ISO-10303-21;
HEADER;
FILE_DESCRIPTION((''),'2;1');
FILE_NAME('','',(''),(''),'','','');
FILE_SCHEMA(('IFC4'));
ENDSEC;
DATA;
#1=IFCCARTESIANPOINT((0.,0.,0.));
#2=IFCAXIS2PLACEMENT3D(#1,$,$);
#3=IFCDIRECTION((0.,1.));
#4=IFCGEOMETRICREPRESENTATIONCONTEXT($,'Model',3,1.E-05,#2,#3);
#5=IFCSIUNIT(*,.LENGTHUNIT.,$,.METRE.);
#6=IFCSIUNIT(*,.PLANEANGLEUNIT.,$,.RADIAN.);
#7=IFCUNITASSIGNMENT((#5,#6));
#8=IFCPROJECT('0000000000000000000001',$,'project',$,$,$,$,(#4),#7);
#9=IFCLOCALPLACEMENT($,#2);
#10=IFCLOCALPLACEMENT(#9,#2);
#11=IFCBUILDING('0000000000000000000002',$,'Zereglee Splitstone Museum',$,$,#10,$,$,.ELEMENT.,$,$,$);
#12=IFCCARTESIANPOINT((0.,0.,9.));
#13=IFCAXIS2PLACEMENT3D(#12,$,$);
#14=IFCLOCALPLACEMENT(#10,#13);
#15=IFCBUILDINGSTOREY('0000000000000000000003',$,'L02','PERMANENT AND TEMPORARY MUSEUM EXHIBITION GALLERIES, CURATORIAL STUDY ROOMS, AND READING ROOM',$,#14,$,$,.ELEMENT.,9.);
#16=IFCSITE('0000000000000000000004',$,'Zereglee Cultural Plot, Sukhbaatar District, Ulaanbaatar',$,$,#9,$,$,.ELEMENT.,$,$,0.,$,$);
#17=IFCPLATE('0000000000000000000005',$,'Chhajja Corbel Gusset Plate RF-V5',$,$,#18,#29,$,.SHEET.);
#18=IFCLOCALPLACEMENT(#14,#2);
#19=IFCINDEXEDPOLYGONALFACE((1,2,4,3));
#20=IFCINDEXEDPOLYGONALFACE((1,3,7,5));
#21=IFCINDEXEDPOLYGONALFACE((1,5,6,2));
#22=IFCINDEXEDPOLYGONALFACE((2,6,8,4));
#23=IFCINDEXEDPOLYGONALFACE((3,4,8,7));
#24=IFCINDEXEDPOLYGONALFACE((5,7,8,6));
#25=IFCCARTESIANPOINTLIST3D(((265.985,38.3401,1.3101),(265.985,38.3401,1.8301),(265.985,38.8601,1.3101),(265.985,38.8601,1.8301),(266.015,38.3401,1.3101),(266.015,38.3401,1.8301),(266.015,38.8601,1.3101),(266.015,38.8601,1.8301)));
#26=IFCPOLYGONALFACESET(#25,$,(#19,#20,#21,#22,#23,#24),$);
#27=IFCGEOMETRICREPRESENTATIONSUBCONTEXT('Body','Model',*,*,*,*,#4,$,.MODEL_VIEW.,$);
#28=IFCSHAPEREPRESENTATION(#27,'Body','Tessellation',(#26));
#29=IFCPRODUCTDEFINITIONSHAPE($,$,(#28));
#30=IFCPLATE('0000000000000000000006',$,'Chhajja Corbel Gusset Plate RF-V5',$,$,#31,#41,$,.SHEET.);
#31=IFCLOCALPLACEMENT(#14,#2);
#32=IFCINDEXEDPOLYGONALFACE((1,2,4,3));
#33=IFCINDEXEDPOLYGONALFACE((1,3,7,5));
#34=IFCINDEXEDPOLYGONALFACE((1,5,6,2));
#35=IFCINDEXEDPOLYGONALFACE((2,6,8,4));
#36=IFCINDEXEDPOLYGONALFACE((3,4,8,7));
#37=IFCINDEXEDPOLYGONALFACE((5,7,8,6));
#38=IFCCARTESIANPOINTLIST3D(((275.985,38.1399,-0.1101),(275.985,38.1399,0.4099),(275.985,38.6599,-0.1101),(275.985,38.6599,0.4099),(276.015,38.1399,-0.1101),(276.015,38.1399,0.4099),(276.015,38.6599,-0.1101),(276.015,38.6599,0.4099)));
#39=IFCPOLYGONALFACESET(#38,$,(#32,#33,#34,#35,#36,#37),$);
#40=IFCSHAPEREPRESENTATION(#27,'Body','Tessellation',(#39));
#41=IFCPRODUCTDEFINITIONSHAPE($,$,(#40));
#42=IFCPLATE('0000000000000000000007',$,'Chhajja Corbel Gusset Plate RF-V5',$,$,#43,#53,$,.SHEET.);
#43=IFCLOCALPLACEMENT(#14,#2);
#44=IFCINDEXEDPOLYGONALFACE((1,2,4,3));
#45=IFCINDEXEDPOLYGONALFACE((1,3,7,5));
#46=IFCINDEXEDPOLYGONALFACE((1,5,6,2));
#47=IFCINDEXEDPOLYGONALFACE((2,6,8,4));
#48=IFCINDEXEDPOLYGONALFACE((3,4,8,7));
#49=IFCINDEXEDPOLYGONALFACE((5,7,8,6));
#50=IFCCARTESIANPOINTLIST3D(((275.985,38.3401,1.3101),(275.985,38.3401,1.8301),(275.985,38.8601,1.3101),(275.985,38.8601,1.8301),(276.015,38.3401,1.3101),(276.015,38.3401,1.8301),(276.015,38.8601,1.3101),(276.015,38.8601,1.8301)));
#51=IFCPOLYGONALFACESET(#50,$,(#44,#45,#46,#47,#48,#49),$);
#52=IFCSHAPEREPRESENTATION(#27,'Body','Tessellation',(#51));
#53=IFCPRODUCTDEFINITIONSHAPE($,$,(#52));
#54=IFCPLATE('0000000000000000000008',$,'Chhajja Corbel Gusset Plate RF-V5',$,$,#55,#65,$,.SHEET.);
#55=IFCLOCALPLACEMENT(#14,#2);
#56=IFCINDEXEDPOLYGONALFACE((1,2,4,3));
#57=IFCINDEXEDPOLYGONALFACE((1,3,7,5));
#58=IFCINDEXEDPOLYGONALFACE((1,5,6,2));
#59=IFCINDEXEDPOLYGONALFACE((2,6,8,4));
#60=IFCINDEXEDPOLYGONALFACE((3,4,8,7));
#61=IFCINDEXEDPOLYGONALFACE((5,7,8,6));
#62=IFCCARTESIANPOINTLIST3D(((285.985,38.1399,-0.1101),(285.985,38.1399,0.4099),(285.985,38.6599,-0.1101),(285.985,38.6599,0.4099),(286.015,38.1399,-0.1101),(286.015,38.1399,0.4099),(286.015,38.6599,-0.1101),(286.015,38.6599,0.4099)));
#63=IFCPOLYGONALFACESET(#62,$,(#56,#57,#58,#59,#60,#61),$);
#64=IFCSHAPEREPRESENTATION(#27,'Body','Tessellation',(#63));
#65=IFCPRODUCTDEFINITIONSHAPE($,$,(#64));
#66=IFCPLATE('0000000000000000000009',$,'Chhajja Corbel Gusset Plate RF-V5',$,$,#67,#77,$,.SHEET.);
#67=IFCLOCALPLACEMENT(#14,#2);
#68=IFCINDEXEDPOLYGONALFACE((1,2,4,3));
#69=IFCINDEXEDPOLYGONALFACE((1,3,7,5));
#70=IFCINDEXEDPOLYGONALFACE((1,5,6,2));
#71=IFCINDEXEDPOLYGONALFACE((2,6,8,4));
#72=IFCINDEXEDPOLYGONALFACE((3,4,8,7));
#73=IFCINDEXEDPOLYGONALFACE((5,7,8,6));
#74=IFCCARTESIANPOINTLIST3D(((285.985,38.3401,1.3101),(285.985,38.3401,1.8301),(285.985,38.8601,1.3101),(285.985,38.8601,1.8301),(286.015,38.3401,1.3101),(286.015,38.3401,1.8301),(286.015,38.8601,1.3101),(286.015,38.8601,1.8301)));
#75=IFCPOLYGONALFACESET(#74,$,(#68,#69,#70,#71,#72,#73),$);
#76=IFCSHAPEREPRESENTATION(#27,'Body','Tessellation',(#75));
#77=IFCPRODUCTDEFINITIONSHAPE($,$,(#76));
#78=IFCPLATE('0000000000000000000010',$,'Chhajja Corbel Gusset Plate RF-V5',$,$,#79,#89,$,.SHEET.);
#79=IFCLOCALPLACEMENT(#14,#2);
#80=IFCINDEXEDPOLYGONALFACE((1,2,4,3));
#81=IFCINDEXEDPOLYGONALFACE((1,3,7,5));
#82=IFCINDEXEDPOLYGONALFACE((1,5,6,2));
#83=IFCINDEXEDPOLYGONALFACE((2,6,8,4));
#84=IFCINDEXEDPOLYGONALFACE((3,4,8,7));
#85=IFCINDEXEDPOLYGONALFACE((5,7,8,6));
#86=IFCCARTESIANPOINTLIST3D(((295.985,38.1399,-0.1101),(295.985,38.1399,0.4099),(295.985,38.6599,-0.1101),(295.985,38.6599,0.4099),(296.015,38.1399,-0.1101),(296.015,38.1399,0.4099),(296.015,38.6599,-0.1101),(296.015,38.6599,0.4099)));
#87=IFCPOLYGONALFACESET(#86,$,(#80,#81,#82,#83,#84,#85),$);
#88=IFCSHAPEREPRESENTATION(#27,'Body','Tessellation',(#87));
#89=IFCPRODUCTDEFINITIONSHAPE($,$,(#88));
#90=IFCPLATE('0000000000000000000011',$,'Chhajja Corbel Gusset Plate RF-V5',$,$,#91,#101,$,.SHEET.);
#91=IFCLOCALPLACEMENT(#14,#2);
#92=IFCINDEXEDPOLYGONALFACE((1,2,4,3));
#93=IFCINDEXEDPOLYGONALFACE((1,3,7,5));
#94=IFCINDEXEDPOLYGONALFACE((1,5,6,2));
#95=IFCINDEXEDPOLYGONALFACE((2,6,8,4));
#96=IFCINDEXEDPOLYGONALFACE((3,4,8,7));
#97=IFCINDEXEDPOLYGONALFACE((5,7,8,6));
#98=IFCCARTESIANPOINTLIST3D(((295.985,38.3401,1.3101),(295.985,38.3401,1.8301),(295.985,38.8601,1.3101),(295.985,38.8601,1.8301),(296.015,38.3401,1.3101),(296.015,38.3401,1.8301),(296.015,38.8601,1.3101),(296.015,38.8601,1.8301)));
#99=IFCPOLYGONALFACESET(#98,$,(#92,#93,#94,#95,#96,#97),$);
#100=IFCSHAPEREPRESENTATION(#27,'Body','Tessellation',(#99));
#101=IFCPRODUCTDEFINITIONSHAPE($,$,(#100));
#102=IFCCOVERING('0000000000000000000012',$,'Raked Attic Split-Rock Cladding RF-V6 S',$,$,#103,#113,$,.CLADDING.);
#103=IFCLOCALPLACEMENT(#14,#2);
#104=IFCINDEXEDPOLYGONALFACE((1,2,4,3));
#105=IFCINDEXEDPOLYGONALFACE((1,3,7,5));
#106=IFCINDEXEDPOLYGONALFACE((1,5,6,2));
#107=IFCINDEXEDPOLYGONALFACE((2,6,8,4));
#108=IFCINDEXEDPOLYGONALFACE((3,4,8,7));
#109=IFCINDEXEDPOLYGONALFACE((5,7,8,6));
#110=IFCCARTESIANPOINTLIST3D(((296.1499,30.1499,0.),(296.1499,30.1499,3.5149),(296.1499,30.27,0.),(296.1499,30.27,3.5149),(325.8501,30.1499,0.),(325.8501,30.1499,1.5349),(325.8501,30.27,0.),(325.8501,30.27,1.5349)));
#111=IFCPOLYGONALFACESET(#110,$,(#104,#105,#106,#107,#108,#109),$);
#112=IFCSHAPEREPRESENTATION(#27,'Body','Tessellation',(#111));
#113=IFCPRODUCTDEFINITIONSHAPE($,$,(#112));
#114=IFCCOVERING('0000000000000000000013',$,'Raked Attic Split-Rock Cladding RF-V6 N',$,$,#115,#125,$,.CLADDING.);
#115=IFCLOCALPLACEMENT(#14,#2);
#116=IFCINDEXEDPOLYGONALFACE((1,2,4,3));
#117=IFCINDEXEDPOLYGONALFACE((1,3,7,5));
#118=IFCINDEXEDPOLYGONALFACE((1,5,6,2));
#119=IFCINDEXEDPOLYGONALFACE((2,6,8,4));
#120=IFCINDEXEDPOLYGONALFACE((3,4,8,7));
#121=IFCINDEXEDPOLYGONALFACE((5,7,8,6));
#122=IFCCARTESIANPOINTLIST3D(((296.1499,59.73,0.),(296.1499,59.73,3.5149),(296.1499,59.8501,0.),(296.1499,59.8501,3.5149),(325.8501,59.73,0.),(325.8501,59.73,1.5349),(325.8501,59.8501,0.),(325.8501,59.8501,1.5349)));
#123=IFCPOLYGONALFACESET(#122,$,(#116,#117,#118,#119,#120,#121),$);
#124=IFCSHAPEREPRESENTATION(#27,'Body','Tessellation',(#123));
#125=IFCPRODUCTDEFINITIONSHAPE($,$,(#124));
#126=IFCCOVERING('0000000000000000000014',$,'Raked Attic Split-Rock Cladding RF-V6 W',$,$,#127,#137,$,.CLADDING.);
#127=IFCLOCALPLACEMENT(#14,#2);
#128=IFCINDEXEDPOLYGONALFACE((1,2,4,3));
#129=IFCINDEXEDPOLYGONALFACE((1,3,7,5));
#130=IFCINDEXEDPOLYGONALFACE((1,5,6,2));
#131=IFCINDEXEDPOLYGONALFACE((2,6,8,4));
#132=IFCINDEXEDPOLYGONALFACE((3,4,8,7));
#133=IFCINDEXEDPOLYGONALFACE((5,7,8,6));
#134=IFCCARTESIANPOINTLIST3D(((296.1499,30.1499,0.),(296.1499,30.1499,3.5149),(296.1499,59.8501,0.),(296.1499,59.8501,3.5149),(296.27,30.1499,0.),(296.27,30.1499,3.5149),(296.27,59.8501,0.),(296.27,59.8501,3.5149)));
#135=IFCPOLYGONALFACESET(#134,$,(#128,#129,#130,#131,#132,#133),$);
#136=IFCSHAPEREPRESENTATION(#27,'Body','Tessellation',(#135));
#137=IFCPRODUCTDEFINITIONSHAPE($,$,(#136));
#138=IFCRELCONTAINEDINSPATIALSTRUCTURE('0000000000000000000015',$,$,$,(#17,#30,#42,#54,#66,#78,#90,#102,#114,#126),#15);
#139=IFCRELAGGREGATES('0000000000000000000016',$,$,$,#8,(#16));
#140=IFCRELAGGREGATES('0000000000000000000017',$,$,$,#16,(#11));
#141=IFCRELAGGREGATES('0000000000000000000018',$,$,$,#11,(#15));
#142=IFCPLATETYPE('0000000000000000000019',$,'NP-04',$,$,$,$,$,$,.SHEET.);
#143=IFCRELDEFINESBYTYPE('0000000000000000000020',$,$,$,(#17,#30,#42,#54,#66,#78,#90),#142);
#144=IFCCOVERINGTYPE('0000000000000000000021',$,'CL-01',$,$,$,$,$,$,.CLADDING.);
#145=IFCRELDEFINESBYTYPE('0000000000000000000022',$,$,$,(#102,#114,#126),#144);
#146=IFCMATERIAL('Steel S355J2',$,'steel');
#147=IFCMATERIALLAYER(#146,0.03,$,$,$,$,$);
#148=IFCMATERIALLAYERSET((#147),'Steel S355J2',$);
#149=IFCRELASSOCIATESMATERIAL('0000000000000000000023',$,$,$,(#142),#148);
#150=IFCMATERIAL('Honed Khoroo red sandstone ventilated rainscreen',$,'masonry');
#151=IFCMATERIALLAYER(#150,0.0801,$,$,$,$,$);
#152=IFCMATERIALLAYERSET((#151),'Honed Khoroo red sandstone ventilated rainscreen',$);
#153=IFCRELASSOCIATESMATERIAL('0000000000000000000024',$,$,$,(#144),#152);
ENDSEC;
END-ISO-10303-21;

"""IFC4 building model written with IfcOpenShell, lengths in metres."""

from ifc_helpers import new_model, si_unit, direction, frame, origin, origin_2d, place, context, subcontext, project, spatial, polyline, rectangle, outline, extrude, material, layer, layer_set, type_object, element, save


model = new_model("IFC4")

# Units and contexts
model_context = context("Model", 3, precision=1e-05, world=origin(), true_north=direction((0.0, 1.0)))
body_context = subcontext(model_context, "Body", "Model", "MODEL_VIEW")
ifc_project = project(units=[si_unit("LENGTHUNIT", "METRE"), si_unit("PLANEANGLEUNIT", "RADIAN")], contexts=[model_context])

# Site, building, storey
site_placement = place(None, origin())
site = spatial("IfcSite", under=ifc_project, at=site_placement, Name="Zereglee Cultural Plot, Sukhbaatar District, Ulaanbaatar", CompositionType="ELEMENT", RefElevation=0.0)
building_placement = place(site_placement, origin())
building = spatial("IfcBuilding", under=site, at=building_placement, Name="Zereglee Splitstone Museum", CompositionType="ELEMENT")
storey_placement = place(building_placement, frame((0.0, 0.0, 9.0)))
storey = spatial("IfcBuildingStorey", under=building, at=storey_placement, Name="L02", Description="PERMANENT AND TEMPORARY MUSEUM EXHIBITION GALLERIES, CURATORIAL STUDY ROOMS, AND READING ROOM", CompositionType="ELEMENT", Elevation=9.0)

# Shared definitions
ifc_material_1 = material(Name="Steel S355J2", Category="steel")

# Plates
ifc_layer_1 = layer(ifc_material_1, 0.03)
ifc_layer_set_1 = layer_set([ifc_layer_1], Name="Steel S355J2")
plate_type = type_object("IfcPlateType", Name="NP-04", PredefinedType="SHEET", material=ifc_layer_set_1)
for number, where, z_axis, x_axis, name in (
    (1, (266.0, 38.6001, 1.3101), (0.0, 0.0, 1.0), (1.0, 0.0, 0.0), "Chhajja Corbel Gusset Plate RF-V5"),
    (2, (276.0, 38.3999, -0.1101), (0.0, 0.0, 1.0), (1.0, 0.0, 0.0), "Chhajja Corbel Gusset Plate RF-V5"),
    (3, (276.0, 38.6001, 1.3101), (0.0, 0.0, 1.0), (1.0, 0.0, 0.0), "Chhajja Corbel Gusset Plate RF-V5"),
    (4, (286.0, 38.3999, -0.1101), (0.0, 0.0, 1.0), (1.0, 0.0, 0.0), "Chhajja Corbel Gusset Plate RF-V5"),
    (5, (286.0, 38.6001, 1.3101), (0.0, 0.0, 1.0), (1.0, 0.0, 0.0), "Chhajja Corbel Gusset Plate RF-V5"),
    (6, (296.0, 38.3999, -0.1101), (0.0, 0.0, 1.0), (1.0, 0.0, 0.0), "Chhajja Corbel Gusset Plate RF-V5"),
    (7, (296.0, 38.6001, 1.3101), (0.0, 0.0, 1.0), (1.0, 0.0, 0.0), "Chhajja Corbel Gusset Plate RF-V5"),
):
    element("IfcPlate", number, at=place(storey_placement, frame(where, z_axis=z_axis, x_axis=x_axis)), inside=storey, type_object=plate_type, Name=name, PredefinedType="SHEET", context=body_context, shape_type="SweptSolid", body=[
        extrude(rectangle(XDim=0.03, YDim=0.52, at=origin_2d()), origin(), (0.0, 0.0, 1.0), 0.52),
    ])

# Coverings
ifc_material_2 = material(Name="Honed Khoroo red sandstone ventilated rainscreen", Category="masonry")
ifc_layer_2 = layer(ifc_material_2, 0.0801)
ifc_layer_set_2 = layer_set([ifc_layer_2], Name="Honed Khoroo red sandstone ventilated rainscreen")
covering_type = type_object("IfcCoveringType", Name="CL-01", PredefinedType="CLADDING", material=ifc_layer_set_2)
covering_1_placement = place(storey_placement, frame((296.1499, 30.1499, 0.0), z_axis=(0.0, -1.0, 0.0), x_axis=(1.0, 0.0, 0.0)))
element("IfcCovering", 8, at=covering_1_placement, inside=storey, type_object=covering_type, Name="Raked Attic Split-Rock Cladding RF-V6 S", PredefinedType="CLADDING", context=body_context, shape_type="SweptSolid", body=[
    extrude(outline(polyline([(0.0, 0.0), (29.7002, 0.0), (29.7002, 1.5349), (0.0, 3.5149), (0.0, 0.0)])), origin(), (0.0, 0.0, -1.0), 0.1201),
])
covering_2_placement = place(storey_placement, frame((296.1499, 59.8501, 3.5149), z_axis=(0.0, 1.0, 0.0), x_axis=(0.997785, 0.0, -0.066518)))
element("IfcCovering", 9, at=covering_2_placement, inside=storey, type_object=covering_type, Name="Raked Attic Split-Rock Cladding RF-V6 N", PredefinedType="CLADDING", context=body_context, shape_type="SweptSolid", body=[
    extrude(outline(polyline([(0.0, 0.0), (29.7661, 0.0), (29.8682, 1.5315), (0.2338, 3.5071), (0.0, 0.0)])), origin(), (0.0, 0.0, -1.0), 0.1201),
])
covering_3_placement = place(storey_placement, frame((296.1499, 30.1499, 3.5149), z_axis=(-1.0, 0.0, 0.0), x_axis=(0.0, 1.0, 0.0)))
element("IfcCovering", 10, at=covering_3_placement, inside=storey, type_object=covering_type, Name="Raked Attic Split-Rock Cladding RF-V6 W", PredefinedType="CLADDING", context=body_context, shape_type="SweptSolid", body=[
    extrude(outline(polyline([(0.0, 0.0), (29.7002, 0.0), (29.7002, 3.5149), (0.0, 3.5149), (0.0, 0.0)])), origin(), (0.0, 0.0, -1.0), 0.1201),
])

save(model, "model.ifc")
